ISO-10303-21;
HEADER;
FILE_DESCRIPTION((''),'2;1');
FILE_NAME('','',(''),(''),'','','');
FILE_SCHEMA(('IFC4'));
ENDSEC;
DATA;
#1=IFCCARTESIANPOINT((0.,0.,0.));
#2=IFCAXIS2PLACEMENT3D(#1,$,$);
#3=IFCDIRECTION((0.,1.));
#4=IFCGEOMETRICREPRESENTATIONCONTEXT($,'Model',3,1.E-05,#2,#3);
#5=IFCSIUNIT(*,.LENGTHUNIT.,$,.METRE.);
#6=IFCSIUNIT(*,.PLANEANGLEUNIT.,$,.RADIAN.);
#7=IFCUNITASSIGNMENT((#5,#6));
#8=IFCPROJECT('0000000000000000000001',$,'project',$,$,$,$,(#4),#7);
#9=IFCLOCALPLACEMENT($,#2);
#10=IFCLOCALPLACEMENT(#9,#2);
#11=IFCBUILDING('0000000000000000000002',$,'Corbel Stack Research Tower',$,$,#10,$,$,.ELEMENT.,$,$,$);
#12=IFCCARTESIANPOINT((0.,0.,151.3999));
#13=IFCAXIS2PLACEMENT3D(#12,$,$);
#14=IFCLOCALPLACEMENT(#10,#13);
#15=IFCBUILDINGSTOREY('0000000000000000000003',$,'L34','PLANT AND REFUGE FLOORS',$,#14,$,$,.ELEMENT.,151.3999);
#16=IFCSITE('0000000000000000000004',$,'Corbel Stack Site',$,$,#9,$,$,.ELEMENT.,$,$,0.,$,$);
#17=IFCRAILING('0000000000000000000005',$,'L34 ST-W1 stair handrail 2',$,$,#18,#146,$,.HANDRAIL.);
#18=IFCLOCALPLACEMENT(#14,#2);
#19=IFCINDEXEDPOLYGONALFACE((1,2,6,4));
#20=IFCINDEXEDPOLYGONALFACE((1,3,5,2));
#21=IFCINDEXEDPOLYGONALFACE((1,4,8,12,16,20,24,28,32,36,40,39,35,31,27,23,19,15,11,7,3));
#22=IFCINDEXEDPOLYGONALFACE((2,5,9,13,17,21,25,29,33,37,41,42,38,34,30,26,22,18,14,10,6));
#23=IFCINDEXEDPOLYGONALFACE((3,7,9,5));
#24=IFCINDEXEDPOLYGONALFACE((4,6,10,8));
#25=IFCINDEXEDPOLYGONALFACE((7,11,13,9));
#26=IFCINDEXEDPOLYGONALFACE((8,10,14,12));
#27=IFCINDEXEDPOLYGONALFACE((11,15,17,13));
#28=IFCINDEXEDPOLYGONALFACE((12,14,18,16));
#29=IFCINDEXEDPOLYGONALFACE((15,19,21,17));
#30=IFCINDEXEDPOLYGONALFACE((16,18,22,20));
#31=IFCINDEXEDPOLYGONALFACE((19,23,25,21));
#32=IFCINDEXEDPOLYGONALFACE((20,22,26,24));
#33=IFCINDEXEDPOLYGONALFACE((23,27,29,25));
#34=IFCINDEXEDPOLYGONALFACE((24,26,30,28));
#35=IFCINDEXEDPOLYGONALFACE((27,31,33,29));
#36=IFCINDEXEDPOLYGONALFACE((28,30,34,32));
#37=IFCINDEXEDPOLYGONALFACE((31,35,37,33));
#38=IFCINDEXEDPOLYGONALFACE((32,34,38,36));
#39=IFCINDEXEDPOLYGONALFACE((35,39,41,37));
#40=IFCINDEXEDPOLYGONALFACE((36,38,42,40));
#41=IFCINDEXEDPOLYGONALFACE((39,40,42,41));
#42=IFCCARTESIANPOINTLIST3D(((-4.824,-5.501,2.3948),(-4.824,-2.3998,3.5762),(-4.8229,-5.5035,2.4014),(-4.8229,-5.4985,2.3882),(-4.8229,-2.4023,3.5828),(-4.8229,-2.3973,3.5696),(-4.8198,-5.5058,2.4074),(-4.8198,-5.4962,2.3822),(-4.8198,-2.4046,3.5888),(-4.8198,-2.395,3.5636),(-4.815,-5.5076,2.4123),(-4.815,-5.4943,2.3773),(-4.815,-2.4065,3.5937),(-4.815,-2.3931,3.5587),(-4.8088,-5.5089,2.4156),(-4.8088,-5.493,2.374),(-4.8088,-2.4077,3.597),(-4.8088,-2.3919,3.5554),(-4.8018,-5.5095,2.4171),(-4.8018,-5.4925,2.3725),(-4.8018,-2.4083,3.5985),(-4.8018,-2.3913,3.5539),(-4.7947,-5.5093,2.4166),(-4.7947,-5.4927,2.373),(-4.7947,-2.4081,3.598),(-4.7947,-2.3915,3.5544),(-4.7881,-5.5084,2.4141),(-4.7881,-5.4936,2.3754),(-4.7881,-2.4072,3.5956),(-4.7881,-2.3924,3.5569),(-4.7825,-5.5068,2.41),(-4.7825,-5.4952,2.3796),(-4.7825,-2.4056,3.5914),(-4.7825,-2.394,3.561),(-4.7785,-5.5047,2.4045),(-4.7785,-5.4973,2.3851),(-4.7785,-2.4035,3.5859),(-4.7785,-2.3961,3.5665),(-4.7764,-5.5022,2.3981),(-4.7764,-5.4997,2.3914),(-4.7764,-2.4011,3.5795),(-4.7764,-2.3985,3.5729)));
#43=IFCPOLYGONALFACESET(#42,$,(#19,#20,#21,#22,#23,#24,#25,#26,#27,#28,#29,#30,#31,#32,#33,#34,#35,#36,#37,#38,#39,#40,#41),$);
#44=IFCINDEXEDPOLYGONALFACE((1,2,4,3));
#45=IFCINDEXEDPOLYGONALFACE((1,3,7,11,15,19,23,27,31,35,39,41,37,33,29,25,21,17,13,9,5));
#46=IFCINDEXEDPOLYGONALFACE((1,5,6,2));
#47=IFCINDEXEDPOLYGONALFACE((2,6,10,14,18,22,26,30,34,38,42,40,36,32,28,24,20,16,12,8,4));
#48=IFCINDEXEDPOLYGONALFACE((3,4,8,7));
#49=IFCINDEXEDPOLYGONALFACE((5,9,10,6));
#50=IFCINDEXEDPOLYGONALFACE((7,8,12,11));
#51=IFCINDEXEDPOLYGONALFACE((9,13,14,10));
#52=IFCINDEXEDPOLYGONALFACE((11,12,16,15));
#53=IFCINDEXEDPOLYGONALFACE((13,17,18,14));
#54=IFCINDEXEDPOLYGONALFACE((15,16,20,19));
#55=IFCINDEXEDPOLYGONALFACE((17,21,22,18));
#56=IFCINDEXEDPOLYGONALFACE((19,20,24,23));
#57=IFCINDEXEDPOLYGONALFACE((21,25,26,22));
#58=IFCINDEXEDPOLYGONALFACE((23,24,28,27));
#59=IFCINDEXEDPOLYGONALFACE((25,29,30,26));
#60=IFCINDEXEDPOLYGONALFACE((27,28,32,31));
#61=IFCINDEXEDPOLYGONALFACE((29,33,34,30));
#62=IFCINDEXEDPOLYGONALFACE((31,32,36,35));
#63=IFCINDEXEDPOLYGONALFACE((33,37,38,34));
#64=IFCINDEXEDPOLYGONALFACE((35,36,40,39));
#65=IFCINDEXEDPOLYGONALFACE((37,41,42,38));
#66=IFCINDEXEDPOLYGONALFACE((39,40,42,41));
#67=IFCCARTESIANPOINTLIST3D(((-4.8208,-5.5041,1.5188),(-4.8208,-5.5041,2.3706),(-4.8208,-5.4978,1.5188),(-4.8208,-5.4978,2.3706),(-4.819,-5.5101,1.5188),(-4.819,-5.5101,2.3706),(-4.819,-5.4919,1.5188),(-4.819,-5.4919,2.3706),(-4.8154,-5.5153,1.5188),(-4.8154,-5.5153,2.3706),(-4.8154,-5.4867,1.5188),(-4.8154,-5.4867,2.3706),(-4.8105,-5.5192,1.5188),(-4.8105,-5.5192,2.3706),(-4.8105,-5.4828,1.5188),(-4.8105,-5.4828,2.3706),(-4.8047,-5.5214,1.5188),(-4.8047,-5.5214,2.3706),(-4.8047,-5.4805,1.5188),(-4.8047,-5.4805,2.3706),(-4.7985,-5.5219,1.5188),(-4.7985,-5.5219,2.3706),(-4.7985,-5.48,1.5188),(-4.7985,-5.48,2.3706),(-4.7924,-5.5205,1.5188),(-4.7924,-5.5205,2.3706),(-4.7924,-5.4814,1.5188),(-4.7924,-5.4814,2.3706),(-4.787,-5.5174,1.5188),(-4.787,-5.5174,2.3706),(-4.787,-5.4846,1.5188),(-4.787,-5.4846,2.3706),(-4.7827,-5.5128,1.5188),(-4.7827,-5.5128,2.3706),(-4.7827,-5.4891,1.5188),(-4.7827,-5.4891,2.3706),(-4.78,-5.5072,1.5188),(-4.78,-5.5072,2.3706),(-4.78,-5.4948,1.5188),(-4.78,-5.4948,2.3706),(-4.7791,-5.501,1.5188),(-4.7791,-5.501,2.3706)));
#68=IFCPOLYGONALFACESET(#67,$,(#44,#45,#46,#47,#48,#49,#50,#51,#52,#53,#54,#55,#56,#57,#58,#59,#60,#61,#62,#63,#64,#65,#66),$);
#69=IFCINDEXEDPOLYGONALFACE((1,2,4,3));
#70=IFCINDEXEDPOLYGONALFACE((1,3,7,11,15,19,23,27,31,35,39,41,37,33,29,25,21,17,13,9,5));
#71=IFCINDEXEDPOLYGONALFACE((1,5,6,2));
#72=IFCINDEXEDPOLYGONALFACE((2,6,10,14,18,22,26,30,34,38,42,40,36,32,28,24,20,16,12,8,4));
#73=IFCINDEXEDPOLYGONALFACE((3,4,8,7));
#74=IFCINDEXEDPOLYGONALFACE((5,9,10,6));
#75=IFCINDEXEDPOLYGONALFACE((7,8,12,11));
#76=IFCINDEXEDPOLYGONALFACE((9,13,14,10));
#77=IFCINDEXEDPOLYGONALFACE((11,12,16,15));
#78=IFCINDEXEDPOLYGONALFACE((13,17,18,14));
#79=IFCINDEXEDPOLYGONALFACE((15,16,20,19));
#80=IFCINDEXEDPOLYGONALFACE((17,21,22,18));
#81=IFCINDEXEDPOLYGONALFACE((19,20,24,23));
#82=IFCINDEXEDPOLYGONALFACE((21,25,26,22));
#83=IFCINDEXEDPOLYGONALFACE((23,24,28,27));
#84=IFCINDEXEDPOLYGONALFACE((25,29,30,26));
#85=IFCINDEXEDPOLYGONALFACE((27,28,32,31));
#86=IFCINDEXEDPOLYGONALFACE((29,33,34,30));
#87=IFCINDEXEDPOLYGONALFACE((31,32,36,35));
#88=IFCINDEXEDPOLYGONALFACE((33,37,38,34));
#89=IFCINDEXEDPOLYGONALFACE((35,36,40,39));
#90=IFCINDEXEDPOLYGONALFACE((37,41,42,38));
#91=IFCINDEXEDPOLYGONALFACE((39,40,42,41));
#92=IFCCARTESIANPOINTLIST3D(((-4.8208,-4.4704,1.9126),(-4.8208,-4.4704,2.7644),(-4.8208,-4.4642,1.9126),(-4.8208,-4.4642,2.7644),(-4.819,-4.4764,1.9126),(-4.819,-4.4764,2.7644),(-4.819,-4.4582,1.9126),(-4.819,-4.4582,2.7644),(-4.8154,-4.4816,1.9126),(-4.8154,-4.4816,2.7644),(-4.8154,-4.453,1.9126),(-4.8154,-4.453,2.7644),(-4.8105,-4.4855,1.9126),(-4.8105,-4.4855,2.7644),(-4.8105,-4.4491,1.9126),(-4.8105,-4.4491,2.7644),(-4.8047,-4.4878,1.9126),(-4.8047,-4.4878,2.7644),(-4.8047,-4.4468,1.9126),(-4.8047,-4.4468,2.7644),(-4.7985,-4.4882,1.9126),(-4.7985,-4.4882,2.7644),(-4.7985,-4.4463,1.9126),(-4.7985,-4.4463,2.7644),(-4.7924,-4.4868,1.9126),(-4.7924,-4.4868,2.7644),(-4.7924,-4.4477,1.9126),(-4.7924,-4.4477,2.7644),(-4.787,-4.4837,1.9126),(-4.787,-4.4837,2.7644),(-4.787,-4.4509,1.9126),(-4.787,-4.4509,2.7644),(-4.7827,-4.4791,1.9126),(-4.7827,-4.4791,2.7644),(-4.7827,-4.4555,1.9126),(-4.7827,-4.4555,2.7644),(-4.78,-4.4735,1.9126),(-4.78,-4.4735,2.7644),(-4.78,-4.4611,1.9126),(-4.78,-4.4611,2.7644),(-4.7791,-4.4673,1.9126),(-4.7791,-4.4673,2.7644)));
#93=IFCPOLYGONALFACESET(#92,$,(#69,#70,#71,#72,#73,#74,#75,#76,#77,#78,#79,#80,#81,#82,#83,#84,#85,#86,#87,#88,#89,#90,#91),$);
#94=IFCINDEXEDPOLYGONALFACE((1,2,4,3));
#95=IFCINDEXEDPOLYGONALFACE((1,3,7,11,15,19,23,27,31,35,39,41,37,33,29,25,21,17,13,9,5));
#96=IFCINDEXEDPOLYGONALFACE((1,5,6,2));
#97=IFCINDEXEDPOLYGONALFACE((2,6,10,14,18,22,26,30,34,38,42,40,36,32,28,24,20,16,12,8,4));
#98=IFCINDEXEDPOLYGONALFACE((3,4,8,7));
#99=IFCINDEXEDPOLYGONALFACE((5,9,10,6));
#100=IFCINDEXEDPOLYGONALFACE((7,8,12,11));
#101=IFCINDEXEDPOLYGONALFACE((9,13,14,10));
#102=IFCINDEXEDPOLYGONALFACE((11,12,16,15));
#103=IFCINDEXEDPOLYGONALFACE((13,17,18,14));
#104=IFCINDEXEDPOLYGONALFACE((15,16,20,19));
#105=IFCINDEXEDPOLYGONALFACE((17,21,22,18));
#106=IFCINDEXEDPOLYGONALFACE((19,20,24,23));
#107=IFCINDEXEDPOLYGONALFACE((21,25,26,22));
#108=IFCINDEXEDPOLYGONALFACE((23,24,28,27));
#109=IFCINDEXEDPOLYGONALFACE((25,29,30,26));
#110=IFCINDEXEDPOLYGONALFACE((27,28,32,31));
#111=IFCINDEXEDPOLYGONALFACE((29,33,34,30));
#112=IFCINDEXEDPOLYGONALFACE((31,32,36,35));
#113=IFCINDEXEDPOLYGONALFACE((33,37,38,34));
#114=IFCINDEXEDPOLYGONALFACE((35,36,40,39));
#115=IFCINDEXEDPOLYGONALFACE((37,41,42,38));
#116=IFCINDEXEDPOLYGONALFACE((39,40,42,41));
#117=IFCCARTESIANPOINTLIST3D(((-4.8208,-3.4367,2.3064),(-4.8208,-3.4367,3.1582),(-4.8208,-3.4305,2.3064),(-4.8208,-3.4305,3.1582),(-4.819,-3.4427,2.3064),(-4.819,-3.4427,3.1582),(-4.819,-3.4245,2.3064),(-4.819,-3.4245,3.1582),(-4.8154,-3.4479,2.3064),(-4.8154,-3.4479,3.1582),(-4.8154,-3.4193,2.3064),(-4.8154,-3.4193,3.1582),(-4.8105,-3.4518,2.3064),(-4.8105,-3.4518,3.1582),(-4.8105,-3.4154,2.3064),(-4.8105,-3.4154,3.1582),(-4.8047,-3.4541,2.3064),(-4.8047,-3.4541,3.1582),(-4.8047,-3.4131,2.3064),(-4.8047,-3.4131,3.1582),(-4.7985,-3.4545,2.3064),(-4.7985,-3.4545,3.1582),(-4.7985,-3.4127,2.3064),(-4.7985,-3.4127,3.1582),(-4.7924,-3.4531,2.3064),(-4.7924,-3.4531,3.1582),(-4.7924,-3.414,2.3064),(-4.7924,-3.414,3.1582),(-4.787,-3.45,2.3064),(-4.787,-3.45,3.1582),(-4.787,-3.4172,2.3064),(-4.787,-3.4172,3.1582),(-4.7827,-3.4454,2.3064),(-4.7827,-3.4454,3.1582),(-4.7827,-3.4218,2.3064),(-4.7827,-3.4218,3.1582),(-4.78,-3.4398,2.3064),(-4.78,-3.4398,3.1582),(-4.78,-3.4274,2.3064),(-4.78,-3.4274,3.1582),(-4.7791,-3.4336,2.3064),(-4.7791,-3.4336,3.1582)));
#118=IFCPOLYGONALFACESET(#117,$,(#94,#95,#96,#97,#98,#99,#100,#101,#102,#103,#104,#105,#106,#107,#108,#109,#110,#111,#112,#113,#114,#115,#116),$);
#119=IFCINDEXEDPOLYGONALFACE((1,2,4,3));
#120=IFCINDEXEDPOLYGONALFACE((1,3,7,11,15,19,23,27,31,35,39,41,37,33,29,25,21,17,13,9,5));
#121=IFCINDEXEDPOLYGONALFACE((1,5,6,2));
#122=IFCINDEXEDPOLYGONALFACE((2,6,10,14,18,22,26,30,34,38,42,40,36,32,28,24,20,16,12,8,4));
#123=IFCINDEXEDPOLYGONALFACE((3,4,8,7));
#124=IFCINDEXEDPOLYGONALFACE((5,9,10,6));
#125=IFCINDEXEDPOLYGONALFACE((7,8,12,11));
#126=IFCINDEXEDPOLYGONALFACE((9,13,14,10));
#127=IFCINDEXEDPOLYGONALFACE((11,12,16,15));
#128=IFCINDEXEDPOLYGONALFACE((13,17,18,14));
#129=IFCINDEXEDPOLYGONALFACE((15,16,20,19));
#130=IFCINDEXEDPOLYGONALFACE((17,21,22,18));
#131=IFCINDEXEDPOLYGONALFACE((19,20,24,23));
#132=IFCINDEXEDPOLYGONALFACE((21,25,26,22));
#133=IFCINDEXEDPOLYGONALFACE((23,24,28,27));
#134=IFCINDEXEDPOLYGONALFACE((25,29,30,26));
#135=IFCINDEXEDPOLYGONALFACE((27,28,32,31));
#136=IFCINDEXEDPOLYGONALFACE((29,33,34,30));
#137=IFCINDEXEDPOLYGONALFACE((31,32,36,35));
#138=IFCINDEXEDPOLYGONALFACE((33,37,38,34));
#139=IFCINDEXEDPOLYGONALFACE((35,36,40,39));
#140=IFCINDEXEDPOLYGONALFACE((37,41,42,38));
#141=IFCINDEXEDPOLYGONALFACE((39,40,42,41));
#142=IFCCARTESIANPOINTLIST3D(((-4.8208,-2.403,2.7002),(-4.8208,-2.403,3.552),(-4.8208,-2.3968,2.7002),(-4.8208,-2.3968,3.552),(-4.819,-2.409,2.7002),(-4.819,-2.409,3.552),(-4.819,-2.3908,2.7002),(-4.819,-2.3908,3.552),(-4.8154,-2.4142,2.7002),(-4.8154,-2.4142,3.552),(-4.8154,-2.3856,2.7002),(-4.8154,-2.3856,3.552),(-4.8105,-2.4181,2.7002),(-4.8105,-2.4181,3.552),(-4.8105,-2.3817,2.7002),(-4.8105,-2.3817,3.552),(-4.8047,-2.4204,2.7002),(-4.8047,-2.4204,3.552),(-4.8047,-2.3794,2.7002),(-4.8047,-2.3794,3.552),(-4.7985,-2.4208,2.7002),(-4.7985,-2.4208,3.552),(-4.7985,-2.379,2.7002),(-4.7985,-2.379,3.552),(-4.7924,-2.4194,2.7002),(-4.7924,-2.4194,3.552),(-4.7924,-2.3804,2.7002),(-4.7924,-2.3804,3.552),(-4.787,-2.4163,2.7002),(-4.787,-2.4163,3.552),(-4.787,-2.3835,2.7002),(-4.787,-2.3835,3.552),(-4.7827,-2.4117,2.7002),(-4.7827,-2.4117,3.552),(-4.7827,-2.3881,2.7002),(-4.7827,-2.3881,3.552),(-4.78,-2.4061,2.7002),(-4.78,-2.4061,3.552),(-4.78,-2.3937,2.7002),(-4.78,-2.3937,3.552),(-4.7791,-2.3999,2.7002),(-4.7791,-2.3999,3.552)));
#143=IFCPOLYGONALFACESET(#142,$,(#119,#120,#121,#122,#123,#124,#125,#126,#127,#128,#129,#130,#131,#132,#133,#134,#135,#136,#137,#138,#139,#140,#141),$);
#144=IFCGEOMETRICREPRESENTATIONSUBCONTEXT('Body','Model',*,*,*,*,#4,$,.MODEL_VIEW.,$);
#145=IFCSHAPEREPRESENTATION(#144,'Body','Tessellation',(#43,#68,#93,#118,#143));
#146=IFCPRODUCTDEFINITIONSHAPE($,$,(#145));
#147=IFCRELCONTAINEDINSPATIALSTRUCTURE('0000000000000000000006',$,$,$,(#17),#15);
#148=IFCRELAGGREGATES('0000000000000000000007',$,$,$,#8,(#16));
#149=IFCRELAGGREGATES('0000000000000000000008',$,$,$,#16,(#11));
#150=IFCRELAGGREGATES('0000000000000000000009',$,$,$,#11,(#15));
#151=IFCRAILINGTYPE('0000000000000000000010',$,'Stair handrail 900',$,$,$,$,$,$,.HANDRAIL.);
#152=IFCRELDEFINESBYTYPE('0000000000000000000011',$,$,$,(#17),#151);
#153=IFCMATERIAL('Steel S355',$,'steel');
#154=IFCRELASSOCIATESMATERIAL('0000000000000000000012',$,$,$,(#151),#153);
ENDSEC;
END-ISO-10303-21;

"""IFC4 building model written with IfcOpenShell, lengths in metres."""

from ifc_helpers import new_model, si_unit, direction, frame, origin, origin_2d, place, context, subcontext, project, spatial, circle, extrude, material, type_object, element, save


model = new_model("IFC4")

# Units and contexts
model_context = context("Model", 3, precision=1e-05, world=origin(), true_north=direction((0.0, 1.0)))
body_context = subcontext(model_context, "Body", "Model", "MODEL_VIEW")
ifc_project = project(units=[si_unit("LENGTHUNIT", "METRE"), si_unit("PLANEANGLEUNIT", "RADIAN")], contexts=[model_context])

# Site, building, storey
site_placement = place(None, origin())
site = spatial("IfcSite", under=ifc_project, at=site_placement, Name="Corbel Stack Site", CompositionType="ELEMENT", RefElevation=0.0)
building_placement = place(site_placement, origin())
building = spatial("IfcBuilding", under=site, at=building_placement, Name="Corbel Stack Research Tower", CompositionType="ELEMENT")
storey_placement = place(building_placement, frame((0.0, 0.0, 151.3999)))
storey = spatial("IfcBuildingStorey", under=building, at=storey_placement, Name="L34", Description="PLANT AND REFUGE FLOORS", CompositionType="ELEMENT", Elevation=151.3999)

# Railing
ifc_material_1 = material(Name="Steel S355", Category="steel")
railing_type_1 = type_object("IfcRailingType", Name="Stair handrail 900", PredefinedType="HANDRAIL", material=ifc_material_1)
for number, where, name in (
    (1, (-4.8, -5.501, 1.5188), "L34 ST-W1 stair handrail 2"),
):
    element("IfcRailing", number, at=place(storey_placement, frame(where)), inside=storey, type_object=railing_type_1, Name=name, PredefinedType="HANDRAIL", context=body_context, shape_type="SweptSolid", body=[
        extrude(circle(Radius=0.0239, at=origin_2d()), frame((0.0, 0.0, 0.876), z_axis=(0.0, 0.934484, 0.356005), x_axis=(-1.0, 0.0, 0.0)), (0.0, 0.0, 1.0), 3.3186),
        extrude(circle(Radius=0.021, at=origin_2d()), origin(), (0.0, 0.0, 1.0), 0.8518),
        extrude(circle(Radius=0.021, at=origin_2d()), frame((0.0, 1.0337, 0.3938)), (0.0, 0.0, 1.0), 0.8518),
        extrude(circle(Radius=0.021, at=origin_2d()), frame((0.0, 2.0674, 0.7876)), (0.0, 0.0, 1.0), 0.8518),
        extrude(circle(Radius=0.021, at=origin_2d()), frame((0.0, 3.1011, 1.1814)), (0.0, 0.0, 1.0), 0.8518),
    ])

save(model, "model.ifc")
